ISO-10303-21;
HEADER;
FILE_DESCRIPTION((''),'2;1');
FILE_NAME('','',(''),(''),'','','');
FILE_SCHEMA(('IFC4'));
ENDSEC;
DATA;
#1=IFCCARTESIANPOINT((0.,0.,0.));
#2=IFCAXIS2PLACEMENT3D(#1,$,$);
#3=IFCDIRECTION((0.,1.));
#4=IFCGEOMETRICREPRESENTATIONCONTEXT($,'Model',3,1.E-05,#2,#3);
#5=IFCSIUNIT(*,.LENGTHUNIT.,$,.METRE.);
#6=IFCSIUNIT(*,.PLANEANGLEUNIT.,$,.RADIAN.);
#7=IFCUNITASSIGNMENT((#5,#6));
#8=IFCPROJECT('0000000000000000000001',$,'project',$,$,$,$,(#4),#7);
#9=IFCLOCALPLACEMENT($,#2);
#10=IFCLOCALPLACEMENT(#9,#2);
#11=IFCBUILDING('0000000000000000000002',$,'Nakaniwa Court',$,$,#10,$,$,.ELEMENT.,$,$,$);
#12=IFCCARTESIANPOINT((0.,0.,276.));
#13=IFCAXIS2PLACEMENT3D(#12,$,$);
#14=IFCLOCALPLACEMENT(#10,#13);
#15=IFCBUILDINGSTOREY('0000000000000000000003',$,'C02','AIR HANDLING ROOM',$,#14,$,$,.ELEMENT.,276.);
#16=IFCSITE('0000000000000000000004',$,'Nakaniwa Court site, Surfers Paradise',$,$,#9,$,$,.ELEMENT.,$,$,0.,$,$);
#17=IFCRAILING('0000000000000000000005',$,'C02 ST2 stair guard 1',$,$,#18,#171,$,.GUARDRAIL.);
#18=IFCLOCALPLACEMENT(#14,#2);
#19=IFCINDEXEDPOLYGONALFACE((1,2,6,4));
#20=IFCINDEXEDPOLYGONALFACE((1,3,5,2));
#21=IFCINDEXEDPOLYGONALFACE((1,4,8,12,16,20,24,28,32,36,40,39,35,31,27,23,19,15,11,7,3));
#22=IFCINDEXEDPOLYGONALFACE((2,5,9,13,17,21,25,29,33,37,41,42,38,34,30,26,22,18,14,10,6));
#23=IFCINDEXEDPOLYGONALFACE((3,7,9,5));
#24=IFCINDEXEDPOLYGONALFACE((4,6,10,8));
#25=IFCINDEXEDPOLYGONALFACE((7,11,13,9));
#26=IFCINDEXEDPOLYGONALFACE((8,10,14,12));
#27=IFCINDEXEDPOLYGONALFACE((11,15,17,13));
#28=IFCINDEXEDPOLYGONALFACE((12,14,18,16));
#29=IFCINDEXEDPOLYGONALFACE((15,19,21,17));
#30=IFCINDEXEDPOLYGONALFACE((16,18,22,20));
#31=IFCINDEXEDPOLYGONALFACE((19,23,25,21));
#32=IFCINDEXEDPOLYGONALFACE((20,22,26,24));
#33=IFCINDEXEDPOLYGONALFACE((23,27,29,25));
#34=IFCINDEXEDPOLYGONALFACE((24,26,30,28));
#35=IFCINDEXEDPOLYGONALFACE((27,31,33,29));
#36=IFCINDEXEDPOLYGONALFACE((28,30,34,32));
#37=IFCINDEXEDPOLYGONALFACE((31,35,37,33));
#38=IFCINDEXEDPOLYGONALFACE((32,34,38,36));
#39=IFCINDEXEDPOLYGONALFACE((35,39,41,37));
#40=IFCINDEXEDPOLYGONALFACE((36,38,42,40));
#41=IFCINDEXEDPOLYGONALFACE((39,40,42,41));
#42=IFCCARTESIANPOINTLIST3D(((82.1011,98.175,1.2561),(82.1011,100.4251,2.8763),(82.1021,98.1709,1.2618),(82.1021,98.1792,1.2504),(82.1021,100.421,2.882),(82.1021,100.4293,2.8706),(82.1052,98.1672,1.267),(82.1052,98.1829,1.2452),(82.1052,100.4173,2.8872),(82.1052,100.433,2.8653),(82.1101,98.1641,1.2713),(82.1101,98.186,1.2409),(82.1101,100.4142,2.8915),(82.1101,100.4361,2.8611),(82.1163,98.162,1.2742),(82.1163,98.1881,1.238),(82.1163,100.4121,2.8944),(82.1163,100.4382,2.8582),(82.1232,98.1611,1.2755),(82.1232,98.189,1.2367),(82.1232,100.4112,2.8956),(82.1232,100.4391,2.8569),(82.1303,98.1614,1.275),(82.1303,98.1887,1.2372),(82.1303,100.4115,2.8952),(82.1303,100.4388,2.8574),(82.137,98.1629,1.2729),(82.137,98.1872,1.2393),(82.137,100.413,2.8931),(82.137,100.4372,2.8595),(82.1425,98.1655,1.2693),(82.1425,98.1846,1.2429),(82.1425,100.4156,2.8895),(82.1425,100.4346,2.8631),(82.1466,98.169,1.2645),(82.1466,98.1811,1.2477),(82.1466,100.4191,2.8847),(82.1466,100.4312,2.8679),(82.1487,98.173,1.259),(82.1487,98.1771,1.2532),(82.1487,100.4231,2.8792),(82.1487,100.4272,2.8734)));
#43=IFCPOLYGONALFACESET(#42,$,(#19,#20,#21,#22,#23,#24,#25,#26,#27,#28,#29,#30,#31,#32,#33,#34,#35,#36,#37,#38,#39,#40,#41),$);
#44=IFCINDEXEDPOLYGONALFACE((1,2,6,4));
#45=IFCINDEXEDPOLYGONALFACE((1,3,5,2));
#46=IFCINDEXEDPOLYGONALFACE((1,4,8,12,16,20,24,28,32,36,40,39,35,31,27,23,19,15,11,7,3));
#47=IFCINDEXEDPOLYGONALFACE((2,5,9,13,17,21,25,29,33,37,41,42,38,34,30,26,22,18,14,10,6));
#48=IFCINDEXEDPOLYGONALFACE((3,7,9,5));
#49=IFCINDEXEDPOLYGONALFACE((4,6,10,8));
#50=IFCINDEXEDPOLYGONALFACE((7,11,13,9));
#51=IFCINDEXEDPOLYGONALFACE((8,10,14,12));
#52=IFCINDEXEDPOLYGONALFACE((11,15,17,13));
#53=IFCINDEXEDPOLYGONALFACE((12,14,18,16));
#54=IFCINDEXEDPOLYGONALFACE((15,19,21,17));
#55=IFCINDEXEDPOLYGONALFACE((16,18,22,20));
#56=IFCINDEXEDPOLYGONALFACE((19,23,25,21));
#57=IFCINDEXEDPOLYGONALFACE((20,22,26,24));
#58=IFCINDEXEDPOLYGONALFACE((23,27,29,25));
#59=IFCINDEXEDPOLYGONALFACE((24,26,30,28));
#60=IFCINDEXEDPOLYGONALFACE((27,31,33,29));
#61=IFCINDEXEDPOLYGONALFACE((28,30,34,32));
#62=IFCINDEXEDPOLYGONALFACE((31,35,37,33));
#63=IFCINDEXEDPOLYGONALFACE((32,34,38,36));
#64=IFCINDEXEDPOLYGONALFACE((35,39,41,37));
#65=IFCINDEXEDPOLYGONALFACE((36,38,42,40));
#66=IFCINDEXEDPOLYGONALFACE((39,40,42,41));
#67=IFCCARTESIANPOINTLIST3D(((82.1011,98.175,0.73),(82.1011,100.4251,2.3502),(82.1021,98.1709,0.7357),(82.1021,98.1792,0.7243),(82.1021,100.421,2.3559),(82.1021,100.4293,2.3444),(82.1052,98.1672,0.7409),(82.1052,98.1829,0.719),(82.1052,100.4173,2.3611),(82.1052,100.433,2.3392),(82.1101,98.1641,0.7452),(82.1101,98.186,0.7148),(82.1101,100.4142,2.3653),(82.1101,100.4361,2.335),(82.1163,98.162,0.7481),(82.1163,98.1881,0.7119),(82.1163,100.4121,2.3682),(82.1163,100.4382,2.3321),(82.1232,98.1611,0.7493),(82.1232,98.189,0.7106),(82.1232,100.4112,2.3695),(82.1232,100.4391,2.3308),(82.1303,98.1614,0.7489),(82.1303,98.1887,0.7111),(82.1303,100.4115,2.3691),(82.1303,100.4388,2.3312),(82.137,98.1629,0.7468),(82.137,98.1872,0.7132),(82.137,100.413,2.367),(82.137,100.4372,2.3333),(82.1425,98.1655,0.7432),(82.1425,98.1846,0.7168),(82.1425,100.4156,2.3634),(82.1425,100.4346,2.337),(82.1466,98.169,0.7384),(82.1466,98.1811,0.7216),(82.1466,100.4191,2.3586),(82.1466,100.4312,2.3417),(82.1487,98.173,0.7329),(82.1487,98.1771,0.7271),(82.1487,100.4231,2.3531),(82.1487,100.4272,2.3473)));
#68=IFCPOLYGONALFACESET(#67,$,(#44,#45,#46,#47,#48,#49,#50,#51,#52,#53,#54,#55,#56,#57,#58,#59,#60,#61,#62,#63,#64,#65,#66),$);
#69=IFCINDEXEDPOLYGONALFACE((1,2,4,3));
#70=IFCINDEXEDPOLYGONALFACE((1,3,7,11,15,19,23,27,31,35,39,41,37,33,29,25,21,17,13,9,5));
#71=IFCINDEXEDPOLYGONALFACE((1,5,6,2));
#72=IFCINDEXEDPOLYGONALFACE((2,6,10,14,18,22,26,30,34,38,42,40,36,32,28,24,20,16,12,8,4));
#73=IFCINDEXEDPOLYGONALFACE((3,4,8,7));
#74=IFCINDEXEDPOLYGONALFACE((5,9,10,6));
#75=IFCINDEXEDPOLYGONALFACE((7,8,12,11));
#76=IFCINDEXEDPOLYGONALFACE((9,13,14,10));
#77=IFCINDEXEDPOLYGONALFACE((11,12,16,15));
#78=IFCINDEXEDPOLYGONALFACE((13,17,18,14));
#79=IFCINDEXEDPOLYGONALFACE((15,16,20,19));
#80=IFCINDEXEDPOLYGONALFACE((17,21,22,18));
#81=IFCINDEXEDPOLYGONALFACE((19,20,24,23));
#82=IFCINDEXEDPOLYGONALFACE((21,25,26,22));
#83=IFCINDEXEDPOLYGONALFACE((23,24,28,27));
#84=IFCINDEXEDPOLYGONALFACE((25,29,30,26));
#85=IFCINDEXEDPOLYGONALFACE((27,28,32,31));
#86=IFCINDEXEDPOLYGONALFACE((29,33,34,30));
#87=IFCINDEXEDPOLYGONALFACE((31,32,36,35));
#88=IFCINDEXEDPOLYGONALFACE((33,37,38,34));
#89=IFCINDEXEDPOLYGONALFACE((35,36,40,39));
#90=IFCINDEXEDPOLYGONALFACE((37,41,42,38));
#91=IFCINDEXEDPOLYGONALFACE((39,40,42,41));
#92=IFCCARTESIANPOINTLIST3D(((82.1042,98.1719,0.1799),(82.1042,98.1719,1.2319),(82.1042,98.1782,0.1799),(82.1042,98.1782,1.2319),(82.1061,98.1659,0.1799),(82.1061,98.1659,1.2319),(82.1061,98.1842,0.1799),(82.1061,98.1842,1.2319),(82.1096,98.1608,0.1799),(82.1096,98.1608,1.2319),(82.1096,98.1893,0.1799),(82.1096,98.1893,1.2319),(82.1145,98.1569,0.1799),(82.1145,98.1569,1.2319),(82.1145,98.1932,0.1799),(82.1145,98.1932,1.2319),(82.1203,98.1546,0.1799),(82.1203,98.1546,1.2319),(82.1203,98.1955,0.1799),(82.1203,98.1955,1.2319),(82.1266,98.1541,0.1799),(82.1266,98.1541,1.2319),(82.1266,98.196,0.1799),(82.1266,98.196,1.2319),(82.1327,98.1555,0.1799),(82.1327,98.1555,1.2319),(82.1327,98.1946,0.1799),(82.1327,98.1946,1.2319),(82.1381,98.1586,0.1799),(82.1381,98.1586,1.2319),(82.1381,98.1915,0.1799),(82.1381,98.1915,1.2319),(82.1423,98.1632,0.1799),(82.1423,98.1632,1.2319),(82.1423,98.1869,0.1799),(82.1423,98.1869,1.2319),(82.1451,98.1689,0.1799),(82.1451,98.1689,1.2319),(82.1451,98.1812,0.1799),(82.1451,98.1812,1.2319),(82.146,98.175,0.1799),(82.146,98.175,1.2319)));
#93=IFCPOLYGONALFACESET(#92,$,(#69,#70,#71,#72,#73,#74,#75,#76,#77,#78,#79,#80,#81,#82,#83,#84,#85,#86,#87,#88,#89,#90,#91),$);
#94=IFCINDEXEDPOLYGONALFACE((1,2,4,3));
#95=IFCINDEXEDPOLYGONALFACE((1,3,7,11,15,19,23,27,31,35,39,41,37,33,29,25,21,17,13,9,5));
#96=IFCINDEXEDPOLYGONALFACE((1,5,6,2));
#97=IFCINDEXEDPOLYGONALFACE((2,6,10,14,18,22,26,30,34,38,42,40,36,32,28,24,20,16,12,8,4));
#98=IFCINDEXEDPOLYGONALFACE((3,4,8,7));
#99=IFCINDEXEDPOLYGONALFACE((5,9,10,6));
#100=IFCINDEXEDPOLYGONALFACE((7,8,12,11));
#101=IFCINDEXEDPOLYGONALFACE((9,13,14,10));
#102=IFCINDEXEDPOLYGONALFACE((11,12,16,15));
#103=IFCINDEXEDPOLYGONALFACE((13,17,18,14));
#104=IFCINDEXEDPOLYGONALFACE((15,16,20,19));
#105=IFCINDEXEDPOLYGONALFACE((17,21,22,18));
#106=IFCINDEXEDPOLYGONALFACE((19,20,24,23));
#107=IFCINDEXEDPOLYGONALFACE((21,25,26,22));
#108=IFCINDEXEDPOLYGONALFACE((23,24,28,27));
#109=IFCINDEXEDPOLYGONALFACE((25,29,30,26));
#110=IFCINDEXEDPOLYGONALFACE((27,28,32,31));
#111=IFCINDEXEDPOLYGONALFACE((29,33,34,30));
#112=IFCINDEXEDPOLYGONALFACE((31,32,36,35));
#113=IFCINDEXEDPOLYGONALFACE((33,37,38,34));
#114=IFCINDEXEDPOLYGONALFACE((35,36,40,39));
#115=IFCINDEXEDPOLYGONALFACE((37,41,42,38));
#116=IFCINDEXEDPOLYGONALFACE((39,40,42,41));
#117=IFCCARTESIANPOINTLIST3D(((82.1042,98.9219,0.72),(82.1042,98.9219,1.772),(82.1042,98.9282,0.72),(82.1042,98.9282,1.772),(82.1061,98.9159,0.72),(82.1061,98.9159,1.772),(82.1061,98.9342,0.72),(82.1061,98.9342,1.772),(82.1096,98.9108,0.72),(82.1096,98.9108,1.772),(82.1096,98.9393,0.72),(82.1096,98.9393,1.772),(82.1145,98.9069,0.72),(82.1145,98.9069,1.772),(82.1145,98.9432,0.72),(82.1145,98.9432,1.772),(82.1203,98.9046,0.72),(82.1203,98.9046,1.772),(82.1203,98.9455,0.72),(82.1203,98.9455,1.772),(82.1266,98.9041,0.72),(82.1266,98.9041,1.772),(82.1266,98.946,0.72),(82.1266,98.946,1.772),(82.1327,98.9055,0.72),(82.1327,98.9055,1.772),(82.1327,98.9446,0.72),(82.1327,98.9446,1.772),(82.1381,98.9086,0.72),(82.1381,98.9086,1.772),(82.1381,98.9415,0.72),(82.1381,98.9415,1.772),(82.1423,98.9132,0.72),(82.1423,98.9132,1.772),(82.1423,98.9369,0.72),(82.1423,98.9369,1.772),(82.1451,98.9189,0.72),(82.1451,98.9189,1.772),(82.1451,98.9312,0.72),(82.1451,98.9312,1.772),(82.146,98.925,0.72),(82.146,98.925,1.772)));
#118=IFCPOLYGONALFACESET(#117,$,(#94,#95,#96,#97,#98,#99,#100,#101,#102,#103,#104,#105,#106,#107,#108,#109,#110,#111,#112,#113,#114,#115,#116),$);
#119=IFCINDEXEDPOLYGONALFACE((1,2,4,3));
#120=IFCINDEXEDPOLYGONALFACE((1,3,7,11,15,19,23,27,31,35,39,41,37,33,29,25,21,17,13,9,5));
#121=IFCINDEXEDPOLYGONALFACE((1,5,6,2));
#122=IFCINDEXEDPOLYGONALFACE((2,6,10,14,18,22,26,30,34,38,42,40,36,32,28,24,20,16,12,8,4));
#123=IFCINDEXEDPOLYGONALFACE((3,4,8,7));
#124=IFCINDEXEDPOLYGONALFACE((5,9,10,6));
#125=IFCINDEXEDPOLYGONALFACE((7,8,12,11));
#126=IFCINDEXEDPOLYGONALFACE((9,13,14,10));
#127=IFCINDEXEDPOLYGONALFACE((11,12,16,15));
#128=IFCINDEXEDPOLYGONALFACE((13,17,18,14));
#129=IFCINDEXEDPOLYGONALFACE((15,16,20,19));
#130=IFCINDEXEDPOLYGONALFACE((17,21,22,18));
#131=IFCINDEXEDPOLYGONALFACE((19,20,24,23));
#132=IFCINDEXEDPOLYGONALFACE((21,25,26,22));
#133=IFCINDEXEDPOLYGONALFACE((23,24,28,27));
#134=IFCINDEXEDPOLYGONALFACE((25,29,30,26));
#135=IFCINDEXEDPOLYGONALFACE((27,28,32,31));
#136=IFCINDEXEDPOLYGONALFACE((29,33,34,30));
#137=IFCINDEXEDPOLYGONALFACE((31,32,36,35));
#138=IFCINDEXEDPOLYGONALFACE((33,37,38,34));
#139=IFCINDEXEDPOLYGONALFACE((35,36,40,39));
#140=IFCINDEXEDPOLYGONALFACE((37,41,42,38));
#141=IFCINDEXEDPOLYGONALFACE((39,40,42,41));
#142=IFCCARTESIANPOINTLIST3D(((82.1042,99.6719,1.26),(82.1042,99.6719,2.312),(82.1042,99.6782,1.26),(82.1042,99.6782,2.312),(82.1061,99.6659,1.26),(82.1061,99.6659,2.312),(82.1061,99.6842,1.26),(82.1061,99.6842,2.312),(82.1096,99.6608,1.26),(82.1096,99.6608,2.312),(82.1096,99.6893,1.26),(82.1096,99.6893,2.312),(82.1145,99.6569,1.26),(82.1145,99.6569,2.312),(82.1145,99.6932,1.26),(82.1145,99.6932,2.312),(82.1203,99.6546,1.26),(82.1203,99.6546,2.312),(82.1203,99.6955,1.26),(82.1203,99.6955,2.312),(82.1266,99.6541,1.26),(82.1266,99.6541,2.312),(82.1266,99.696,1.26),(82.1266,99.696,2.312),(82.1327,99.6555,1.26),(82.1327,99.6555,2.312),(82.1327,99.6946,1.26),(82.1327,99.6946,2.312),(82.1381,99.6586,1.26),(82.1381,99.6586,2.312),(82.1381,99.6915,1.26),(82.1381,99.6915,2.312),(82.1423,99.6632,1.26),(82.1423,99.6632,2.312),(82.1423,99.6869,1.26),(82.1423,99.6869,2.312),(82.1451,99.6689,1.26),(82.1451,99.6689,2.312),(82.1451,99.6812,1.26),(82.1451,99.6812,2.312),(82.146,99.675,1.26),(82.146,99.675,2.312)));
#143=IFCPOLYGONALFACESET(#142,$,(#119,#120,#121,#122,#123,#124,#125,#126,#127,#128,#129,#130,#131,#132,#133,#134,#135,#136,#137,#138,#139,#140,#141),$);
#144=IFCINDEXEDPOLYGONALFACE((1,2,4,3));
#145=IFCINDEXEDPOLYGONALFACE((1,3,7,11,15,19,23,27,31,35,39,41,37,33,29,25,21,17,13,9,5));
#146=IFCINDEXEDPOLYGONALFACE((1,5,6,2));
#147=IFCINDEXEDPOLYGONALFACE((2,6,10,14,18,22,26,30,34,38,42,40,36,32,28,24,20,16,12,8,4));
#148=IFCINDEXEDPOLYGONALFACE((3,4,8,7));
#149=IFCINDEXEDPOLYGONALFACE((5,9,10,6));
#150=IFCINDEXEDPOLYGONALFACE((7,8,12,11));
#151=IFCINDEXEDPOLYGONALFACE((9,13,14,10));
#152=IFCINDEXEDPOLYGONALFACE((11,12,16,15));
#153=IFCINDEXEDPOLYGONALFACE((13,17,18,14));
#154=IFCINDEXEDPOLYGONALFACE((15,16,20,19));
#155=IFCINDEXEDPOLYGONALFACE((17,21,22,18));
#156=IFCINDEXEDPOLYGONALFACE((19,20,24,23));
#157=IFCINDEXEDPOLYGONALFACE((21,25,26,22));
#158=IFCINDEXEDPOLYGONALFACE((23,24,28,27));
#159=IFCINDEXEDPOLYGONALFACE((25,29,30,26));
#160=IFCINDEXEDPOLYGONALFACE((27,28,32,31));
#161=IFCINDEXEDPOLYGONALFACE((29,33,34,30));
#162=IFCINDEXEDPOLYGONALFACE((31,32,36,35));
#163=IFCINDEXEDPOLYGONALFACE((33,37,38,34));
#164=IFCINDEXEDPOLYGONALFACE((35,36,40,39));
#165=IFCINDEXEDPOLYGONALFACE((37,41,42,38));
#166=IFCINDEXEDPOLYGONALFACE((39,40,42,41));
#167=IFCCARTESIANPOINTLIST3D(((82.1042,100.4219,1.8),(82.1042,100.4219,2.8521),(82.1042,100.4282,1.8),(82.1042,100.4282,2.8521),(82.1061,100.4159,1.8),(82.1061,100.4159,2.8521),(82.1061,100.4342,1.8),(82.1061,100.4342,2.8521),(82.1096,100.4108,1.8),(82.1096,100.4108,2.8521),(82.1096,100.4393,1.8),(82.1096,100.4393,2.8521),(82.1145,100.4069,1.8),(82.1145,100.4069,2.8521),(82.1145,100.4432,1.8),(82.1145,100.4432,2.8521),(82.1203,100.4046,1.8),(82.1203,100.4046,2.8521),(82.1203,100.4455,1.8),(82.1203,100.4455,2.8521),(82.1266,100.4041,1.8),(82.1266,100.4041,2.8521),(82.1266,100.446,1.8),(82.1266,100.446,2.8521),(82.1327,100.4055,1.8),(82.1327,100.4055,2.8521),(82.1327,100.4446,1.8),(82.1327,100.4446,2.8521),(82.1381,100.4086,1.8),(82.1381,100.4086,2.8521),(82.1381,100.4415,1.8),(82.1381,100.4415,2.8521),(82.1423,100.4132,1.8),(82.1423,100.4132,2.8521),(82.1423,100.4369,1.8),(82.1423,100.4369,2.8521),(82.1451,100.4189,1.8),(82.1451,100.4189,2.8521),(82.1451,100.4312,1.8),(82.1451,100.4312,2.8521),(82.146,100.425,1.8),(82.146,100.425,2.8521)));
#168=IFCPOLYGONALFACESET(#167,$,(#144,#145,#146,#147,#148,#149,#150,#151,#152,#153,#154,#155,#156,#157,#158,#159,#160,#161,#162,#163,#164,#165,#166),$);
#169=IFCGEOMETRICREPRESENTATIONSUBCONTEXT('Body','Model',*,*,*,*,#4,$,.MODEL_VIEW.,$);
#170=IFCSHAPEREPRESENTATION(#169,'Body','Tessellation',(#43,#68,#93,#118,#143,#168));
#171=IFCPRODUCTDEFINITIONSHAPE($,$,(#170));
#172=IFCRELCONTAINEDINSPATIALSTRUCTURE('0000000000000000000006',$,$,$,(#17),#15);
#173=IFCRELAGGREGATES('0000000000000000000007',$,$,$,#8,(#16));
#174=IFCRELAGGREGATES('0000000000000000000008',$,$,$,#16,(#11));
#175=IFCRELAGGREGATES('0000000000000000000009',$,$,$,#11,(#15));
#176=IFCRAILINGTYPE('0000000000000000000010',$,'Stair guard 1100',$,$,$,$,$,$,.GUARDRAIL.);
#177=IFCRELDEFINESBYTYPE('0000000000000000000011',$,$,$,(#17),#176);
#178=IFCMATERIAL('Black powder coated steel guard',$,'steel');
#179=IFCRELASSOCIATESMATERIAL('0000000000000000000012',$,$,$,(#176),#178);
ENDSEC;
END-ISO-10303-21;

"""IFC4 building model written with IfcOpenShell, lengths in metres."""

from ifc_helpers import new_model, si_unit, direction, frame, origin, origin_2d, place, context, subcontext, project, spatial, circle, extrude, material, type_object, element, save


model = new_model("IFC4")

# Units and contexts
model_context = context("Model", 3, precision=1e-05, world=origin(), true_north=direction((0.0, 1.0)))
body_context = subcontext(model_context, "Body", "Model", "MODEL_VIEW")
ifc_project = project(units=[si_unit("LENGTHUNIT", "METRE"), si_unit("PLANEANGLEUNIT", "RADIAN")], contexts=[model_context])

# Site, building, storey
site_placement = place(None, origin())
site = spatial("IfcSite", under=ifc_project, at=site_placement, Name="Nakaniwa Court site, Surfers Paradise", CompositionType="ELEMENT", RefElevation=0.0)
building_placement = place(site_placement, origin())
building = spatial("IfcBuilding", under=site, at=building_placement, Name="Nakaniwa Court", CompositionType="ELEMENT")
storey_placement = place(building_placement, frame((0.0, 0.0, 276.0)))
storey = spatial("IfcBuildingStorey", under=building, at=storey_placement, Name="C02", Description="AIR HANDLING ROOM", CompositionType="ELEMENT", Elevation=276.0)

# Railing
ifc_material_1 = material(Name="Black powder coated steel guard", Category="steel")
railing_type_1 = type_object("IfcRailingType", Name="Stair guard 1100", PredefinedType="GUARDRAIL", material=ifc_material_1)
railing_1_placement = place(storey_placement, frame((82.125, 98.175, 0.1799)))
element("IfcRailing", 1, at=railing_1_placement, inside=storey, type_object=railing_type_1, Name="C02 ST2 stair guard 1", PredefinedType="GUARDRAIL", context=body_context, shape_type="SweptSolid", body=[
    extrude(circle(Radius=0.0239, at=origin_2d()), frame((0.0, 0.0, 1.0762), z_axis=(0.0, 0.811514, 0.584333), x_axis=(-1.0, 0.0, 0.0)), (0.0, 0.0, 1.0), 2.7727),
    extrude(circle(Radius=0.0239, at=origin_2d()), frame((0.0, 0.0, 0.55), z_axis=(0.0, 0.811514, 0.584333), x_axis=(-1.0, 0.0, 0.0)), (0.0, 0.0, 1.0), 2.7727),
    extrude(circle(Radius=0.021, at=origin_2d()), origin(), (0.0, 0.0, 1.0), 1.052),
    extrude(circle(Radius=0.021, at=origin_2d()), frame((0.0, 0.75, 0.54)), (0.0, 0.0, 1.0), 1.052),
    extrude(circle(Radius=0.021, at=origin_2d()), frame((0.0, 1.5, 1.0801)), (0.0, 0.0, 1.0), 1.052),
    extrude(circle(Radius=0.021, at=origin_2d()), frame((0.0, 2.25, 1.6201)), (0.0, 0.0, 1.0), 1.052),
])

save(model, "model.ifc")
